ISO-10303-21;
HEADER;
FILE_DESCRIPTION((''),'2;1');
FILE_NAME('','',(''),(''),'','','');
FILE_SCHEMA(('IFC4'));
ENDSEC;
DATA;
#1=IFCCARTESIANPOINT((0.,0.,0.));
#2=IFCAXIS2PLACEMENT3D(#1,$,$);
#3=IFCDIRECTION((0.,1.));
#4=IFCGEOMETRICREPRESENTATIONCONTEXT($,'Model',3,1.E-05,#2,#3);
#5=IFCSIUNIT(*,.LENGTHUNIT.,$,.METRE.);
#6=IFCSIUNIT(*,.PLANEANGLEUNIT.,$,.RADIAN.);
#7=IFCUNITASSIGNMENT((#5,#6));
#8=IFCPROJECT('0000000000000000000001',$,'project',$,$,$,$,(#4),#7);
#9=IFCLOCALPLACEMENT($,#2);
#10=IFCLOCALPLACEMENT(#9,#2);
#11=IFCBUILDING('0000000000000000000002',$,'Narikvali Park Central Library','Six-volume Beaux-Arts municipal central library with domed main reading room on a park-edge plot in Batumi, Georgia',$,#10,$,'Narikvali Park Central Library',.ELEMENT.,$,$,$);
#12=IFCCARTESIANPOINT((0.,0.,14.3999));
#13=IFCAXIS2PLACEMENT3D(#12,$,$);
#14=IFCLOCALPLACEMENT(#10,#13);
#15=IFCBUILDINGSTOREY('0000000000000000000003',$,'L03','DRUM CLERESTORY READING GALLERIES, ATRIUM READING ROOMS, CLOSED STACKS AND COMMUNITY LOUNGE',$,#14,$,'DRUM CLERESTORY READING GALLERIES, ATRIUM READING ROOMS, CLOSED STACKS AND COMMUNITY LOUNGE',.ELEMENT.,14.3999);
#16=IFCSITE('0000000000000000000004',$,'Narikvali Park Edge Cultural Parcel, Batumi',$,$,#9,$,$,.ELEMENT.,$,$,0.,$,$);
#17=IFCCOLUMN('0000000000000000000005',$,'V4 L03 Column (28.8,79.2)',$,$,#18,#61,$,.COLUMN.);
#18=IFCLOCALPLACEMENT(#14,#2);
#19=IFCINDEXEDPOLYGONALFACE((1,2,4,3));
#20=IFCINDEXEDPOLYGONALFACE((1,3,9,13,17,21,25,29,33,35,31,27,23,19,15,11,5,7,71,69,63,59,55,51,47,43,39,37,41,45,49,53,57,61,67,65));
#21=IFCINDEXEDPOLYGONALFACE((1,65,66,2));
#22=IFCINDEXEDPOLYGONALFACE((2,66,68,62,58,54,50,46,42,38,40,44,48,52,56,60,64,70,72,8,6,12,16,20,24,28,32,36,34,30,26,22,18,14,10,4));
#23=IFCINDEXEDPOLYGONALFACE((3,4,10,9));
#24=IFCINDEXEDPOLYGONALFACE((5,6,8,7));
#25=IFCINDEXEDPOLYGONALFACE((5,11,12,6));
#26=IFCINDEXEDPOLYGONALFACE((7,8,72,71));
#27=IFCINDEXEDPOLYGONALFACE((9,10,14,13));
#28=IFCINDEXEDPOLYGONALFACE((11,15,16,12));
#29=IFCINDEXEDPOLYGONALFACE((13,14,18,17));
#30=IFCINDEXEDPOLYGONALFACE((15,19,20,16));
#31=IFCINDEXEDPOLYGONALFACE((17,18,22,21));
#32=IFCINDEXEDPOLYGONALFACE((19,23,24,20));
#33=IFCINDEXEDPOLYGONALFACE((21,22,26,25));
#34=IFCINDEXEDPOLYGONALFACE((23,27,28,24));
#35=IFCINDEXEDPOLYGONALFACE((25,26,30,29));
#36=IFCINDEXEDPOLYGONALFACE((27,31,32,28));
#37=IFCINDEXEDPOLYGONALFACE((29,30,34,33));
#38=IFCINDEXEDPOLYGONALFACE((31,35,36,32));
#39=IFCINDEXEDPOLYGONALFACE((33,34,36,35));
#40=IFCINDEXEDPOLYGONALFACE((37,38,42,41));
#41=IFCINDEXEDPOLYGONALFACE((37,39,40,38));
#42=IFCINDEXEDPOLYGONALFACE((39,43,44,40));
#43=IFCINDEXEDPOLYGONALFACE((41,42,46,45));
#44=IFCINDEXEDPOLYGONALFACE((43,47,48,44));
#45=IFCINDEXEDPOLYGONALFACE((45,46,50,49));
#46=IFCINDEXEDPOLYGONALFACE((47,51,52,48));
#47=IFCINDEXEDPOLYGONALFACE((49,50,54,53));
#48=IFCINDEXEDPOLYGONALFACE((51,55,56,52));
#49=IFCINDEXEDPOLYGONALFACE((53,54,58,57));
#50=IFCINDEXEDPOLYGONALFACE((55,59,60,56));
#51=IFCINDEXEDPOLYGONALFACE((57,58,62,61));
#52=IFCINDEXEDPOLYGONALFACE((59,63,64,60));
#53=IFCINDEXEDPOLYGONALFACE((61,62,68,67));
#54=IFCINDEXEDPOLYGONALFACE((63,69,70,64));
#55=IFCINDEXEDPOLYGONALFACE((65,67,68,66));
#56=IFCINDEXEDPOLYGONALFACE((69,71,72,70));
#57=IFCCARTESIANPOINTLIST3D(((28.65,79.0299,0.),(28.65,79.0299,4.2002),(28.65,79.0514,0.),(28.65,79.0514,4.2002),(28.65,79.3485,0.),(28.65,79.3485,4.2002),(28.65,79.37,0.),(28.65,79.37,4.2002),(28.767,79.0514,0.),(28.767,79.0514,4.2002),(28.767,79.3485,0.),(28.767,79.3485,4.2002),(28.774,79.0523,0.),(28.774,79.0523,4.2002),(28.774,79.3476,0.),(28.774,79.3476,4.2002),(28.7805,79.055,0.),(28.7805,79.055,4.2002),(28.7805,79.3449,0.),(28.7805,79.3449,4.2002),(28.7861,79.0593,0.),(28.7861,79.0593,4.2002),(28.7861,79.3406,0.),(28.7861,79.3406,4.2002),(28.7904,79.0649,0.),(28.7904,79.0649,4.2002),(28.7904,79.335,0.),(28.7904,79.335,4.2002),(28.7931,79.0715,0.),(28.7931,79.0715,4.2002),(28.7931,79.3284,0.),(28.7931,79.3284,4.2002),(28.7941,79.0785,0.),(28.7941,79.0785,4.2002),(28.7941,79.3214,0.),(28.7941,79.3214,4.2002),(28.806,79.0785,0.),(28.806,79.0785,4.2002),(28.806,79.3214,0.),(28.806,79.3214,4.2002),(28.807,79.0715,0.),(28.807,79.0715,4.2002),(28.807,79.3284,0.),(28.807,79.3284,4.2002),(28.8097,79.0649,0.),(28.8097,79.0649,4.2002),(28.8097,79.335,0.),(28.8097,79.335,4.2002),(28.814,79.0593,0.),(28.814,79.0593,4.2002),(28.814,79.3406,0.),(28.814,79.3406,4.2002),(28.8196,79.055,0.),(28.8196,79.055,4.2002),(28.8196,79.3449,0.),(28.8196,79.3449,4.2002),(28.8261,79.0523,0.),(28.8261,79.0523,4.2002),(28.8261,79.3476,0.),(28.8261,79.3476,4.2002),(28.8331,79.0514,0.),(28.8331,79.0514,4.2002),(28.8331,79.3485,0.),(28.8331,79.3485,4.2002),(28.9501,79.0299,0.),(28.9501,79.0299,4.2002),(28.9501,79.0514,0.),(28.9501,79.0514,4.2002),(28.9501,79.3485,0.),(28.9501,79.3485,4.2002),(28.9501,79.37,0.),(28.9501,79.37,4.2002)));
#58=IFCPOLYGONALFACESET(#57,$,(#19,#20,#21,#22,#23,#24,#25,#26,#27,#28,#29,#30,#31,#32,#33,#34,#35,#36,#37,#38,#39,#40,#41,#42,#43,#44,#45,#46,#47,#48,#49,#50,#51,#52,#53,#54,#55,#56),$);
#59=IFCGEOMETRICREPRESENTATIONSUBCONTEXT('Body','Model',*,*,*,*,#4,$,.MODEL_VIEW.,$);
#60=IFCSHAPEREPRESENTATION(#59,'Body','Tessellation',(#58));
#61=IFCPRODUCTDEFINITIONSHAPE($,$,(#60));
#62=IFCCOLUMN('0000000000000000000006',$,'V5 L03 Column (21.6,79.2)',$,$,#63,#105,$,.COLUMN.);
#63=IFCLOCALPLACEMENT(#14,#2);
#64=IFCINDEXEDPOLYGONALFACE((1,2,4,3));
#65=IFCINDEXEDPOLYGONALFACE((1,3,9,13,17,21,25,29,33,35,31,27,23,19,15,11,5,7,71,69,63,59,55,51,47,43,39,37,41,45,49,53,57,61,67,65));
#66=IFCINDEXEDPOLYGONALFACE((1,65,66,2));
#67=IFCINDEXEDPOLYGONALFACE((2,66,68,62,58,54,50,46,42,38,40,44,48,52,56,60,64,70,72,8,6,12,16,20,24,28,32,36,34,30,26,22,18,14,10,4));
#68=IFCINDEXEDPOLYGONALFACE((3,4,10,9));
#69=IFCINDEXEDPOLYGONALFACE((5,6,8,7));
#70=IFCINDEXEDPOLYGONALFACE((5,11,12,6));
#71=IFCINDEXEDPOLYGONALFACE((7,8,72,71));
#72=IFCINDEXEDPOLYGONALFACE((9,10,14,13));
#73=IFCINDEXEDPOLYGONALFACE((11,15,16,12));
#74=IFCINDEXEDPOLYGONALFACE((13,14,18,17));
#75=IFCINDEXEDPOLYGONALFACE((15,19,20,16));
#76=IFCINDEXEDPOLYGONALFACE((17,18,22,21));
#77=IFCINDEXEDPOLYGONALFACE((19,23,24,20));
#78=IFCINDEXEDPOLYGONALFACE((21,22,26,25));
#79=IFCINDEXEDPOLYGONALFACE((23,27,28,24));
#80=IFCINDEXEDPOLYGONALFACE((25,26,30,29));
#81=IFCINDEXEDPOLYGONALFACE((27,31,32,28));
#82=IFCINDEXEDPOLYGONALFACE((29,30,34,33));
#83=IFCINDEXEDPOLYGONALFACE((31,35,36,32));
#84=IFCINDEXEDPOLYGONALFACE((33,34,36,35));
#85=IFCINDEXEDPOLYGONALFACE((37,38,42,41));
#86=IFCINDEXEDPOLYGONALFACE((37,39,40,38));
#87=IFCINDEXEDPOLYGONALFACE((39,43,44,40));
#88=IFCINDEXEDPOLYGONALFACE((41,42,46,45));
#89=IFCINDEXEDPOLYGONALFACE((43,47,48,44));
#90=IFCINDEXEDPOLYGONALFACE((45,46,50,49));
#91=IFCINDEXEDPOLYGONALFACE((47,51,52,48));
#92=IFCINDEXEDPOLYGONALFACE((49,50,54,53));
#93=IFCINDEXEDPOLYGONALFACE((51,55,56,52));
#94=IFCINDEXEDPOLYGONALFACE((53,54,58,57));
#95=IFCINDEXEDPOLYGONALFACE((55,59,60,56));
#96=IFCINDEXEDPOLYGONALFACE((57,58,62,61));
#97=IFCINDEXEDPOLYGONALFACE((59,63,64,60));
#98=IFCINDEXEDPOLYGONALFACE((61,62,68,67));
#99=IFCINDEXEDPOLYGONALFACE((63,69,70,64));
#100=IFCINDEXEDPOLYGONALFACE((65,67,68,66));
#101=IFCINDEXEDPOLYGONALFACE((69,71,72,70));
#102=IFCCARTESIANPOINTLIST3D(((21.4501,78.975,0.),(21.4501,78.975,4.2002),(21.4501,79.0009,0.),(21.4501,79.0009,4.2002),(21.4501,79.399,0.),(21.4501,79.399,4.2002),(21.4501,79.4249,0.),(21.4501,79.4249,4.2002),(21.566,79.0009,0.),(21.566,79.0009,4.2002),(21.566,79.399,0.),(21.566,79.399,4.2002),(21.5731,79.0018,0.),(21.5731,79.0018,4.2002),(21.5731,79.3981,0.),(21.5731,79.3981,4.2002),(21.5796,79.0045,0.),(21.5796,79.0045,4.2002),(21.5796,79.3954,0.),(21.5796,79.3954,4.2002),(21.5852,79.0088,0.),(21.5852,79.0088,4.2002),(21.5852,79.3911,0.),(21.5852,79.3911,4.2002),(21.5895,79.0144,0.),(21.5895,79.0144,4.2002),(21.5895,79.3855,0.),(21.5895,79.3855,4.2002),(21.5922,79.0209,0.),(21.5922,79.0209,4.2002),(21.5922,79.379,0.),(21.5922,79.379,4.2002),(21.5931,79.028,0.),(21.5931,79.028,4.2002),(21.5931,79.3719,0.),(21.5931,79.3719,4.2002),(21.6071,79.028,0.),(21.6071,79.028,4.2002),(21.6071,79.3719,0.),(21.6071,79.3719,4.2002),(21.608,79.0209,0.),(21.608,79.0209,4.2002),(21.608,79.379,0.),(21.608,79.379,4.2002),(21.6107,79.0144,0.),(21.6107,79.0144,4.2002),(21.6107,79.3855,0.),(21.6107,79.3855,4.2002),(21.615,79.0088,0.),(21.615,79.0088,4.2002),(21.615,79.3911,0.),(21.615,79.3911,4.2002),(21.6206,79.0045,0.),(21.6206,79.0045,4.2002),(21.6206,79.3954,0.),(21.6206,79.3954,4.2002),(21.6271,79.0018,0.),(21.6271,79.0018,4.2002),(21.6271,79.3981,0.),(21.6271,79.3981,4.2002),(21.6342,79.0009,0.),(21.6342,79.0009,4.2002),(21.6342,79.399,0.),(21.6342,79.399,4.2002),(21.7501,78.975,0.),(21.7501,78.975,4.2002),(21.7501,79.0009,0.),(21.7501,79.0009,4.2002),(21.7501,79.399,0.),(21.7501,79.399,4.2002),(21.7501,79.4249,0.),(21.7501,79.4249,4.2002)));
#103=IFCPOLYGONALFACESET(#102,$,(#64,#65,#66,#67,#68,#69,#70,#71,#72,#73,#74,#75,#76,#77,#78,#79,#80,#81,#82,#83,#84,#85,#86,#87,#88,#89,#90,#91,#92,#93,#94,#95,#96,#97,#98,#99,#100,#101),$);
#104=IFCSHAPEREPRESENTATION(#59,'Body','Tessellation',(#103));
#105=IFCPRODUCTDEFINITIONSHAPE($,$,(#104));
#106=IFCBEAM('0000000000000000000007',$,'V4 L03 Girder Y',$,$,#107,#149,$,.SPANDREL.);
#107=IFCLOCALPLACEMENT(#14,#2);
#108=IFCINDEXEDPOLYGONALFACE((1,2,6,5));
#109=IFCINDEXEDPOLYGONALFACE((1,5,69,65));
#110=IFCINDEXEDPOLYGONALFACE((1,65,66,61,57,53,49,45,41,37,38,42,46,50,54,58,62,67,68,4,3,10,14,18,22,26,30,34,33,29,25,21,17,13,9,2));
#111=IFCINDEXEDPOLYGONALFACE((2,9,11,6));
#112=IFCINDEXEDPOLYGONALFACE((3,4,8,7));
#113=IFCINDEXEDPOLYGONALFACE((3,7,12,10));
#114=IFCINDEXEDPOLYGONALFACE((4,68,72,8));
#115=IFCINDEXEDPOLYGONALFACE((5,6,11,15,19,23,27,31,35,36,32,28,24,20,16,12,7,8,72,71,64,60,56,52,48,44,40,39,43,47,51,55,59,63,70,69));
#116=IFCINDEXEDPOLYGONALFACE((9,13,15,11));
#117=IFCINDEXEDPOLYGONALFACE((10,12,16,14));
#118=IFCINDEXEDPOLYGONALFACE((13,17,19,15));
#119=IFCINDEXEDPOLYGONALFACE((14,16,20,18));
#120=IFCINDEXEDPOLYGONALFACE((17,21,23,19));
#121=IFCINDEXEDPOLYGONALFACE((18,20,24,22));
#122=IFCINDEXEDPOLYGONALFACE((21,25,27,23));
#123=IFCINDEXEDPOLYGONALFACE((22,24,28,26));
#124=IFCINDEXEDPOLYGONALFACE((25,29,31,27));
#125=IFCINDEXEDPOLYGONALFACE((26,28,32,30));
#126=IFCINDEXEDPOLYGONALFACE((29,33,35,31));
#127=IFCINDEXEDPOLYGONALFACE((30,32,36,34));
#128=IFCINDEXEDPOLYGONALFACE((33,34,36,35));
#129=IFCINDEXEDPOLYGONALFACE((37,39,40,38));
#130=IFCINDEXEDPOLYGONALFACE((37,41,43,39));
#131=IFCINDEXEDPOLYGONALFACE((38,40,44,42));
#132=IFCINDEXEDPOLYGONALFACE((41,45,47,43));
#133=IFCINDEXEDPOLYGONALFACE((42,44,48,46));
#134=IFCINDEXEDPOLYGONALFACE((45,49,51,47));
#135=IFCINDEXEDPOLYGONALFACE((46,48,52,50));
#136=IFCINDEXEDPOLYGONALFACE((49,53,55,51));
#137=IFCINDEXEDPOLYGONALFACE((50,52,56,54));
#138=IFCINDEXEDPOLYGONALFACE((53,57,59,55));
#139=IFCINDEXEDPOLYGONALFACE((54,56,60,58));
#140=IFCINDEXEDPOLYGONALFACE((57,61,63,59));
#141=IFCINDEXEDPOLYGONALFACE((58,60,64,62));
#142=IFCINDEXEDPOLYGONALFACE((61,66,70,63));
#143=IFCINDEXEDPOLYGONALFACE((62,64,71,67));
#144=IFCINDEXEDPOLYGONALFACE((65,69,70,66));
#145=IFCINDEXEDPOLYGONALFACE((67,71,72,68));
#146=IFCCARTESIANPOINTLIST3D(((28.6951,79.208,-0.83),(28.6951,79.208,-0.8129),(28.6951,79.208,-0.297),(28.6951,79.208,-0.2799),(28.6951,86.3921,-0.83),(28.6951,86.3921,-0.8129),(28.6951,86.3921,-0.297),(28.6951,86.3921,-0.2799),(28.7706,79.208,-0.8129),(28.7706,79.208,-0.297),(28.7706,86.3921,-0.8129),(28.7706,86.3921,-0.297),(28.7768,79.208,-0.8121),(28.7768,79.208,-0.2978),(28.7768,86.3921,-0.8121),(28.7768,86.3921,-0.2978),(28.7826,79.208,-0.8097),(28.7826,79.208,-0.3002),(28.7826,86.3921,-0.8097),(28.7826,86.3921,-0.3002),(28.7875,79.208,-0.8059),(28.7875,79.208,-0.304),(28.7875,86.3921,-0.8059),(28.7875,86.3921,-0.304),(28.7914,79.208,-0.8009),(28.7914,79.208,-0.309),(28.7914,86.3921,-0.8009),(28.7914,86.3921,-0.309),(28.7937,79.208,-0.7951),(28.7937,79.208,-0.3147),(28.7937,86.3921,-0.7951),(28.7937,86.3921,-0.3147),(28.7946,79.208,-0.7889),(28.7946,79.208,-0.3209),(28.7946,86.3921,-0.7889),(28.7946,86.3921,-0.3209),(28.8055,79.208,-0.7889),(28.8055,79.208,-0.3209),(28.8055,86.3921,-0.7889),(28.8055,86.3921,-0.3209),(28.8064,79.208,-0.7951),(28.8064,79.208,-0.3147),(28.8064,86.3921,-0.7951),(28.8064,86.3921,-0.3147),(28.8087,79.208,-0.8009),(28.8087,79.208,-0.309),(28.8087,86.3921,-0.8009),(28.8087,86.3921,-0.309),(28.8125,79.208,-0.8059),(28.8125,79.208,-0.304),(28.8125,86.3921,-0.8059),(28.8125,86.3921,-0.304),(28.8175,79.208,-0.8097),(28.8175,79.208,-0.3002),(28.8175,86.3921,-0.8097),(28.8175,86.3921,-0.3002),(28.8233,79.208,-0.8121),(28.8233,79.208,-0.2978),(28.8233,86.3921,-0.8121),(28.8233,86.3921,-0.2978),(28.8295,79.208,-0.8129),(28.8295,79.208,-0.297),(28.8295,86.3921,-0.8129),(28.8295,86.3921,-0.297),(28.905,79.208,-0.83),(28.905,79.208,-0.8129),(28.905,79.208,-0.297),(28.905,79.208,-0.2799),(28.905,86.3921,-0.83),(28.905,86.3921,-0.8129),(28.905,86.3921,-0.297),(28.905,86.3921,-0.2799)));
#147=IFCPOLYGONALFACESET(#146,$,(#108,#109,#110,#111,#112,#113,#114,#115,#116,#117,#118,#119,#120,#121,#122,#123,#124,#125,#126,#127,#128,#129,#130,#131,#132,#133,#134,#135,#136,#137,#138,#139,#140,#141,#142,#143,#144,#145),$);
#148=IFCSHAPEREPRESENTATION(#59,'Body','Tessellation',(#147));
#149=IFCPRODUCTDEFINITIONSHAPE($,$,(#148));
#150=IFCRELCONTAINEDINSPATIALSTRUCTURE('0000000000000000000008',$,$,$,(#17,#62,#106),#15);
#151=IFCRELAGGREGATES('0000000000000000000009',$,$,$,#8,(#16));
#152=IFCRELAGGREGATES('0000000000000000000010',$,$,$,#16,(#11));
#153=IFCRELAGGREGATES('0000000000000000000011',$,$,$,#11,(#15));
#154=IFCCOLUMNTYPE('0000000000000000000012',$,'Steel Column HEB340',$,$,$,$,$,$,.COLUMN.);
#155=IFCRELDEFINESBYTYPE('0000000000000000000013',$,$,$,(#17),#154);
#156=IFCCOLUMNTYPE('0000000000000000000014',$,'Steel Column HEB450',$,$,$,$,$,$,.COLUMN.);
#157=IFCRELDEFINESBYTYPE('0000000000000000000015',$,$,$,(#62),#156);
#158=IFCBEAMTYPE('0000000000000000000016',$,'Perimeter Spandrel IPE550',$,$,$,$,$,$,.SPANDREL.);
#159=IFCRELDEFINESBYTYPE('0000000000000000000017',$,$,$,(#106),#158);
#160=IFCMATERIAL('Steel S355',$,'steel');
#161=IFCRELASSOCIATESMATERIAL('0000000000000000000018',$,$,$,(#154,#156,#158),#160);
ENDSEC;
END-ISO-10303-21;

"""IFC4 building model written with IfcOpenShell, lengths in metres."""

from ifc_helpers import new_model, si_unit, direction, frame, origin, origin_2d, place, context, subcontext, project, spatial, i_section, extrude, material, material_profile, profile_set, type_object, element, save


model = new_model("IFC4")

# Units and contexts
model_context = context("Model", 3, precision=1e-05, world=origin(), true_north=direction((0.0, 1.0)))
body_context = subcontext(model_context, "Body", "Model", "MODEL_VIEW")
ifc_project = project(units=[si_unit("LENGTHUNIT", "METRE"), si_unit("PLANEANGLEUNIT", "RADIAN")], contexts=[model_context])

# Site, building, storey
site_placement = place(None, origin())
site = spatial("IfcSite", under=ifc_project, at=site_placement, Name="Narikvali Park Edge Cultural Parcel, Batumi", CompositionType="ELEMENT", RefElevation=0.0)
building_placement = place(site_placement, origin())
building = spatial("IfcBuilding", under=site, at=building_placement, Name="Narikvali Park Central Library", Description="Six-volume Beaux-Arts municipal central library with domed main reading room on a park-edge plot in Batumi, Georgia", LongName="Narikvali Park Central Library", CompositionType="ELEMENT")
storey_placement = place(building_placement, frame((0.0, 0.0, 14.3999)))
storey = spatial("IfcBuildingStorey", under=building, at=storey_placement, Name="L03", Description="DRUM CLERESTORY READING GALLERIES, ATRIUM READING ROOMS, CLOSED STACKS AND COMMUNITY LOUNGE", LongName="DRUM CLERESTORY READING GALLERIES, ATRIUM READING ROOMS, CLOSED STACKS AND COMMUNITY LOUNGE", CompositionType="ELEMENT", Elevation=14.3999)

# Columns
ifc_material_1 = material(Name="Steel S355", Category="steel")
ifc_material_profile_1 = material_profile(ifc_material_1, i_section(OverallWidth=0.3, OverallDepth=0.3401, WebThickness=0.012, FlangeThickness=0.0215, FilletRadius=0.0271, at=origin_2d()), Name="HEB 340")
ifc_profile_set_1 = profile_set([ifc_material_profile_1], Name="Steel S355")
column_type_1 = type_object("IfcColumnType", Name="Steel Column HEB340", PredefinedType="COLUMN", material=ifc_profile_set_1)
column_1_placement = place(storey_placement, frame((28.8, 79.2, 0.0), z_axis=(0.0, 0.0, 1.0), x_axis=(1.0, 0.0, 0.0)))
element("IfcColumn", 1, at=column_1_placement, inside=storey, type_object=column_type_1, Name="V4 L03 Column (28.8,79.2)", PredefinedType="COLUMN", context=body_context, shape_type="SweptSolid", body=[
    extrude(i_section(OverallWidth=0.3, OverallDepth=0.3401, WebThickness=0.012, FlangeThickness=0.0215, FilletRadius=0.0271, at=origin_2d()), origin(), (0.0, 0.0, 1.0), 4.2002),
])
ifc_material_profile_2 = material_profile(ifc_material_1, i_section(OverallWidth=0.3, OverallDepth=0.45, WebThickness=0.0139, FlangeThickness=0.0259, FilletRadius=0.0271, at=origin_2d()), Name="HEB 450")
ifc_profile_set_2 = profile_set([ifc_material_profile_2], Name="Steel S355")
column_type_2 = type_object("IfcColumnType", Name="Steel Column HEB450", PredefinedType="COLUMN", material=ifc_profile_set_2)
column_2_placement = place(storey_placement, frame((21.6001, 79.2, 0.0), z_axis=(0.0, 0.0, 1.0), x_axis=(1.0, 0.0, 0.0)))
element("IfcColumn", 2, at=column_2_placement, inside=storey, type_object=column_type_2, Name="V5 L03 Column (21.6,79.2)", PredefinedType="COLUMN", context=body_context, shape_type="SweptSolid", body=[
    extrude(i_section(OverallWidth=0.3, OverallDepth=0.45, WebThickness=0.0139, FlangeThickness=0.0259, FilletRadius=0.0271, at=origin_2d()), origin(), (0.0, 0.0, 1.0), 4.2002),
])

# Beam
ifc_material_profile_3 = material_profile(ifc_material_1, i_section(OverallWidth=0.21, OverallDepth=0.55, WebThickness=0.011, FlangeThickness=0.0171, FilletRadius=0.0239, at=origin_2d()), Name="IPE 550")
ifc_profile_set_3 = profile_set([ifc_material_profile_3], Name="Steel S355")
beam_type_1 = type_object("IfcBeamType", Name="Perimeter Spandrel IPE550", PredefinedType="SPANDREL", material=ifc_profile_set_3)
beam_1_placement = place(storey_placement, frame((28.8, 79.208, -0.5549), z_axis=(0.0, 1.0, 0.0), x_axis=(-1.0, 0.0, 0.0)))
element("IfcBeam", 3, at=beam_1_placement, inside=storey, type_object=beam_type_1, Name="V4 L03 Girder Y", PredefinedType="SPANDREL", context=body_context, shape_type="SweptSolid", body=[
    extrude(i_section(OverallWidth=0.21, OverallDepth=0.55, WebThickness=0.011, FlangeThickness=0.0171, FilletRadius=0.0239, at=origin_2d()), origin(), (0.0, 0.0, 1.0), 7.1841),
])

save(model, "model.ifc")
